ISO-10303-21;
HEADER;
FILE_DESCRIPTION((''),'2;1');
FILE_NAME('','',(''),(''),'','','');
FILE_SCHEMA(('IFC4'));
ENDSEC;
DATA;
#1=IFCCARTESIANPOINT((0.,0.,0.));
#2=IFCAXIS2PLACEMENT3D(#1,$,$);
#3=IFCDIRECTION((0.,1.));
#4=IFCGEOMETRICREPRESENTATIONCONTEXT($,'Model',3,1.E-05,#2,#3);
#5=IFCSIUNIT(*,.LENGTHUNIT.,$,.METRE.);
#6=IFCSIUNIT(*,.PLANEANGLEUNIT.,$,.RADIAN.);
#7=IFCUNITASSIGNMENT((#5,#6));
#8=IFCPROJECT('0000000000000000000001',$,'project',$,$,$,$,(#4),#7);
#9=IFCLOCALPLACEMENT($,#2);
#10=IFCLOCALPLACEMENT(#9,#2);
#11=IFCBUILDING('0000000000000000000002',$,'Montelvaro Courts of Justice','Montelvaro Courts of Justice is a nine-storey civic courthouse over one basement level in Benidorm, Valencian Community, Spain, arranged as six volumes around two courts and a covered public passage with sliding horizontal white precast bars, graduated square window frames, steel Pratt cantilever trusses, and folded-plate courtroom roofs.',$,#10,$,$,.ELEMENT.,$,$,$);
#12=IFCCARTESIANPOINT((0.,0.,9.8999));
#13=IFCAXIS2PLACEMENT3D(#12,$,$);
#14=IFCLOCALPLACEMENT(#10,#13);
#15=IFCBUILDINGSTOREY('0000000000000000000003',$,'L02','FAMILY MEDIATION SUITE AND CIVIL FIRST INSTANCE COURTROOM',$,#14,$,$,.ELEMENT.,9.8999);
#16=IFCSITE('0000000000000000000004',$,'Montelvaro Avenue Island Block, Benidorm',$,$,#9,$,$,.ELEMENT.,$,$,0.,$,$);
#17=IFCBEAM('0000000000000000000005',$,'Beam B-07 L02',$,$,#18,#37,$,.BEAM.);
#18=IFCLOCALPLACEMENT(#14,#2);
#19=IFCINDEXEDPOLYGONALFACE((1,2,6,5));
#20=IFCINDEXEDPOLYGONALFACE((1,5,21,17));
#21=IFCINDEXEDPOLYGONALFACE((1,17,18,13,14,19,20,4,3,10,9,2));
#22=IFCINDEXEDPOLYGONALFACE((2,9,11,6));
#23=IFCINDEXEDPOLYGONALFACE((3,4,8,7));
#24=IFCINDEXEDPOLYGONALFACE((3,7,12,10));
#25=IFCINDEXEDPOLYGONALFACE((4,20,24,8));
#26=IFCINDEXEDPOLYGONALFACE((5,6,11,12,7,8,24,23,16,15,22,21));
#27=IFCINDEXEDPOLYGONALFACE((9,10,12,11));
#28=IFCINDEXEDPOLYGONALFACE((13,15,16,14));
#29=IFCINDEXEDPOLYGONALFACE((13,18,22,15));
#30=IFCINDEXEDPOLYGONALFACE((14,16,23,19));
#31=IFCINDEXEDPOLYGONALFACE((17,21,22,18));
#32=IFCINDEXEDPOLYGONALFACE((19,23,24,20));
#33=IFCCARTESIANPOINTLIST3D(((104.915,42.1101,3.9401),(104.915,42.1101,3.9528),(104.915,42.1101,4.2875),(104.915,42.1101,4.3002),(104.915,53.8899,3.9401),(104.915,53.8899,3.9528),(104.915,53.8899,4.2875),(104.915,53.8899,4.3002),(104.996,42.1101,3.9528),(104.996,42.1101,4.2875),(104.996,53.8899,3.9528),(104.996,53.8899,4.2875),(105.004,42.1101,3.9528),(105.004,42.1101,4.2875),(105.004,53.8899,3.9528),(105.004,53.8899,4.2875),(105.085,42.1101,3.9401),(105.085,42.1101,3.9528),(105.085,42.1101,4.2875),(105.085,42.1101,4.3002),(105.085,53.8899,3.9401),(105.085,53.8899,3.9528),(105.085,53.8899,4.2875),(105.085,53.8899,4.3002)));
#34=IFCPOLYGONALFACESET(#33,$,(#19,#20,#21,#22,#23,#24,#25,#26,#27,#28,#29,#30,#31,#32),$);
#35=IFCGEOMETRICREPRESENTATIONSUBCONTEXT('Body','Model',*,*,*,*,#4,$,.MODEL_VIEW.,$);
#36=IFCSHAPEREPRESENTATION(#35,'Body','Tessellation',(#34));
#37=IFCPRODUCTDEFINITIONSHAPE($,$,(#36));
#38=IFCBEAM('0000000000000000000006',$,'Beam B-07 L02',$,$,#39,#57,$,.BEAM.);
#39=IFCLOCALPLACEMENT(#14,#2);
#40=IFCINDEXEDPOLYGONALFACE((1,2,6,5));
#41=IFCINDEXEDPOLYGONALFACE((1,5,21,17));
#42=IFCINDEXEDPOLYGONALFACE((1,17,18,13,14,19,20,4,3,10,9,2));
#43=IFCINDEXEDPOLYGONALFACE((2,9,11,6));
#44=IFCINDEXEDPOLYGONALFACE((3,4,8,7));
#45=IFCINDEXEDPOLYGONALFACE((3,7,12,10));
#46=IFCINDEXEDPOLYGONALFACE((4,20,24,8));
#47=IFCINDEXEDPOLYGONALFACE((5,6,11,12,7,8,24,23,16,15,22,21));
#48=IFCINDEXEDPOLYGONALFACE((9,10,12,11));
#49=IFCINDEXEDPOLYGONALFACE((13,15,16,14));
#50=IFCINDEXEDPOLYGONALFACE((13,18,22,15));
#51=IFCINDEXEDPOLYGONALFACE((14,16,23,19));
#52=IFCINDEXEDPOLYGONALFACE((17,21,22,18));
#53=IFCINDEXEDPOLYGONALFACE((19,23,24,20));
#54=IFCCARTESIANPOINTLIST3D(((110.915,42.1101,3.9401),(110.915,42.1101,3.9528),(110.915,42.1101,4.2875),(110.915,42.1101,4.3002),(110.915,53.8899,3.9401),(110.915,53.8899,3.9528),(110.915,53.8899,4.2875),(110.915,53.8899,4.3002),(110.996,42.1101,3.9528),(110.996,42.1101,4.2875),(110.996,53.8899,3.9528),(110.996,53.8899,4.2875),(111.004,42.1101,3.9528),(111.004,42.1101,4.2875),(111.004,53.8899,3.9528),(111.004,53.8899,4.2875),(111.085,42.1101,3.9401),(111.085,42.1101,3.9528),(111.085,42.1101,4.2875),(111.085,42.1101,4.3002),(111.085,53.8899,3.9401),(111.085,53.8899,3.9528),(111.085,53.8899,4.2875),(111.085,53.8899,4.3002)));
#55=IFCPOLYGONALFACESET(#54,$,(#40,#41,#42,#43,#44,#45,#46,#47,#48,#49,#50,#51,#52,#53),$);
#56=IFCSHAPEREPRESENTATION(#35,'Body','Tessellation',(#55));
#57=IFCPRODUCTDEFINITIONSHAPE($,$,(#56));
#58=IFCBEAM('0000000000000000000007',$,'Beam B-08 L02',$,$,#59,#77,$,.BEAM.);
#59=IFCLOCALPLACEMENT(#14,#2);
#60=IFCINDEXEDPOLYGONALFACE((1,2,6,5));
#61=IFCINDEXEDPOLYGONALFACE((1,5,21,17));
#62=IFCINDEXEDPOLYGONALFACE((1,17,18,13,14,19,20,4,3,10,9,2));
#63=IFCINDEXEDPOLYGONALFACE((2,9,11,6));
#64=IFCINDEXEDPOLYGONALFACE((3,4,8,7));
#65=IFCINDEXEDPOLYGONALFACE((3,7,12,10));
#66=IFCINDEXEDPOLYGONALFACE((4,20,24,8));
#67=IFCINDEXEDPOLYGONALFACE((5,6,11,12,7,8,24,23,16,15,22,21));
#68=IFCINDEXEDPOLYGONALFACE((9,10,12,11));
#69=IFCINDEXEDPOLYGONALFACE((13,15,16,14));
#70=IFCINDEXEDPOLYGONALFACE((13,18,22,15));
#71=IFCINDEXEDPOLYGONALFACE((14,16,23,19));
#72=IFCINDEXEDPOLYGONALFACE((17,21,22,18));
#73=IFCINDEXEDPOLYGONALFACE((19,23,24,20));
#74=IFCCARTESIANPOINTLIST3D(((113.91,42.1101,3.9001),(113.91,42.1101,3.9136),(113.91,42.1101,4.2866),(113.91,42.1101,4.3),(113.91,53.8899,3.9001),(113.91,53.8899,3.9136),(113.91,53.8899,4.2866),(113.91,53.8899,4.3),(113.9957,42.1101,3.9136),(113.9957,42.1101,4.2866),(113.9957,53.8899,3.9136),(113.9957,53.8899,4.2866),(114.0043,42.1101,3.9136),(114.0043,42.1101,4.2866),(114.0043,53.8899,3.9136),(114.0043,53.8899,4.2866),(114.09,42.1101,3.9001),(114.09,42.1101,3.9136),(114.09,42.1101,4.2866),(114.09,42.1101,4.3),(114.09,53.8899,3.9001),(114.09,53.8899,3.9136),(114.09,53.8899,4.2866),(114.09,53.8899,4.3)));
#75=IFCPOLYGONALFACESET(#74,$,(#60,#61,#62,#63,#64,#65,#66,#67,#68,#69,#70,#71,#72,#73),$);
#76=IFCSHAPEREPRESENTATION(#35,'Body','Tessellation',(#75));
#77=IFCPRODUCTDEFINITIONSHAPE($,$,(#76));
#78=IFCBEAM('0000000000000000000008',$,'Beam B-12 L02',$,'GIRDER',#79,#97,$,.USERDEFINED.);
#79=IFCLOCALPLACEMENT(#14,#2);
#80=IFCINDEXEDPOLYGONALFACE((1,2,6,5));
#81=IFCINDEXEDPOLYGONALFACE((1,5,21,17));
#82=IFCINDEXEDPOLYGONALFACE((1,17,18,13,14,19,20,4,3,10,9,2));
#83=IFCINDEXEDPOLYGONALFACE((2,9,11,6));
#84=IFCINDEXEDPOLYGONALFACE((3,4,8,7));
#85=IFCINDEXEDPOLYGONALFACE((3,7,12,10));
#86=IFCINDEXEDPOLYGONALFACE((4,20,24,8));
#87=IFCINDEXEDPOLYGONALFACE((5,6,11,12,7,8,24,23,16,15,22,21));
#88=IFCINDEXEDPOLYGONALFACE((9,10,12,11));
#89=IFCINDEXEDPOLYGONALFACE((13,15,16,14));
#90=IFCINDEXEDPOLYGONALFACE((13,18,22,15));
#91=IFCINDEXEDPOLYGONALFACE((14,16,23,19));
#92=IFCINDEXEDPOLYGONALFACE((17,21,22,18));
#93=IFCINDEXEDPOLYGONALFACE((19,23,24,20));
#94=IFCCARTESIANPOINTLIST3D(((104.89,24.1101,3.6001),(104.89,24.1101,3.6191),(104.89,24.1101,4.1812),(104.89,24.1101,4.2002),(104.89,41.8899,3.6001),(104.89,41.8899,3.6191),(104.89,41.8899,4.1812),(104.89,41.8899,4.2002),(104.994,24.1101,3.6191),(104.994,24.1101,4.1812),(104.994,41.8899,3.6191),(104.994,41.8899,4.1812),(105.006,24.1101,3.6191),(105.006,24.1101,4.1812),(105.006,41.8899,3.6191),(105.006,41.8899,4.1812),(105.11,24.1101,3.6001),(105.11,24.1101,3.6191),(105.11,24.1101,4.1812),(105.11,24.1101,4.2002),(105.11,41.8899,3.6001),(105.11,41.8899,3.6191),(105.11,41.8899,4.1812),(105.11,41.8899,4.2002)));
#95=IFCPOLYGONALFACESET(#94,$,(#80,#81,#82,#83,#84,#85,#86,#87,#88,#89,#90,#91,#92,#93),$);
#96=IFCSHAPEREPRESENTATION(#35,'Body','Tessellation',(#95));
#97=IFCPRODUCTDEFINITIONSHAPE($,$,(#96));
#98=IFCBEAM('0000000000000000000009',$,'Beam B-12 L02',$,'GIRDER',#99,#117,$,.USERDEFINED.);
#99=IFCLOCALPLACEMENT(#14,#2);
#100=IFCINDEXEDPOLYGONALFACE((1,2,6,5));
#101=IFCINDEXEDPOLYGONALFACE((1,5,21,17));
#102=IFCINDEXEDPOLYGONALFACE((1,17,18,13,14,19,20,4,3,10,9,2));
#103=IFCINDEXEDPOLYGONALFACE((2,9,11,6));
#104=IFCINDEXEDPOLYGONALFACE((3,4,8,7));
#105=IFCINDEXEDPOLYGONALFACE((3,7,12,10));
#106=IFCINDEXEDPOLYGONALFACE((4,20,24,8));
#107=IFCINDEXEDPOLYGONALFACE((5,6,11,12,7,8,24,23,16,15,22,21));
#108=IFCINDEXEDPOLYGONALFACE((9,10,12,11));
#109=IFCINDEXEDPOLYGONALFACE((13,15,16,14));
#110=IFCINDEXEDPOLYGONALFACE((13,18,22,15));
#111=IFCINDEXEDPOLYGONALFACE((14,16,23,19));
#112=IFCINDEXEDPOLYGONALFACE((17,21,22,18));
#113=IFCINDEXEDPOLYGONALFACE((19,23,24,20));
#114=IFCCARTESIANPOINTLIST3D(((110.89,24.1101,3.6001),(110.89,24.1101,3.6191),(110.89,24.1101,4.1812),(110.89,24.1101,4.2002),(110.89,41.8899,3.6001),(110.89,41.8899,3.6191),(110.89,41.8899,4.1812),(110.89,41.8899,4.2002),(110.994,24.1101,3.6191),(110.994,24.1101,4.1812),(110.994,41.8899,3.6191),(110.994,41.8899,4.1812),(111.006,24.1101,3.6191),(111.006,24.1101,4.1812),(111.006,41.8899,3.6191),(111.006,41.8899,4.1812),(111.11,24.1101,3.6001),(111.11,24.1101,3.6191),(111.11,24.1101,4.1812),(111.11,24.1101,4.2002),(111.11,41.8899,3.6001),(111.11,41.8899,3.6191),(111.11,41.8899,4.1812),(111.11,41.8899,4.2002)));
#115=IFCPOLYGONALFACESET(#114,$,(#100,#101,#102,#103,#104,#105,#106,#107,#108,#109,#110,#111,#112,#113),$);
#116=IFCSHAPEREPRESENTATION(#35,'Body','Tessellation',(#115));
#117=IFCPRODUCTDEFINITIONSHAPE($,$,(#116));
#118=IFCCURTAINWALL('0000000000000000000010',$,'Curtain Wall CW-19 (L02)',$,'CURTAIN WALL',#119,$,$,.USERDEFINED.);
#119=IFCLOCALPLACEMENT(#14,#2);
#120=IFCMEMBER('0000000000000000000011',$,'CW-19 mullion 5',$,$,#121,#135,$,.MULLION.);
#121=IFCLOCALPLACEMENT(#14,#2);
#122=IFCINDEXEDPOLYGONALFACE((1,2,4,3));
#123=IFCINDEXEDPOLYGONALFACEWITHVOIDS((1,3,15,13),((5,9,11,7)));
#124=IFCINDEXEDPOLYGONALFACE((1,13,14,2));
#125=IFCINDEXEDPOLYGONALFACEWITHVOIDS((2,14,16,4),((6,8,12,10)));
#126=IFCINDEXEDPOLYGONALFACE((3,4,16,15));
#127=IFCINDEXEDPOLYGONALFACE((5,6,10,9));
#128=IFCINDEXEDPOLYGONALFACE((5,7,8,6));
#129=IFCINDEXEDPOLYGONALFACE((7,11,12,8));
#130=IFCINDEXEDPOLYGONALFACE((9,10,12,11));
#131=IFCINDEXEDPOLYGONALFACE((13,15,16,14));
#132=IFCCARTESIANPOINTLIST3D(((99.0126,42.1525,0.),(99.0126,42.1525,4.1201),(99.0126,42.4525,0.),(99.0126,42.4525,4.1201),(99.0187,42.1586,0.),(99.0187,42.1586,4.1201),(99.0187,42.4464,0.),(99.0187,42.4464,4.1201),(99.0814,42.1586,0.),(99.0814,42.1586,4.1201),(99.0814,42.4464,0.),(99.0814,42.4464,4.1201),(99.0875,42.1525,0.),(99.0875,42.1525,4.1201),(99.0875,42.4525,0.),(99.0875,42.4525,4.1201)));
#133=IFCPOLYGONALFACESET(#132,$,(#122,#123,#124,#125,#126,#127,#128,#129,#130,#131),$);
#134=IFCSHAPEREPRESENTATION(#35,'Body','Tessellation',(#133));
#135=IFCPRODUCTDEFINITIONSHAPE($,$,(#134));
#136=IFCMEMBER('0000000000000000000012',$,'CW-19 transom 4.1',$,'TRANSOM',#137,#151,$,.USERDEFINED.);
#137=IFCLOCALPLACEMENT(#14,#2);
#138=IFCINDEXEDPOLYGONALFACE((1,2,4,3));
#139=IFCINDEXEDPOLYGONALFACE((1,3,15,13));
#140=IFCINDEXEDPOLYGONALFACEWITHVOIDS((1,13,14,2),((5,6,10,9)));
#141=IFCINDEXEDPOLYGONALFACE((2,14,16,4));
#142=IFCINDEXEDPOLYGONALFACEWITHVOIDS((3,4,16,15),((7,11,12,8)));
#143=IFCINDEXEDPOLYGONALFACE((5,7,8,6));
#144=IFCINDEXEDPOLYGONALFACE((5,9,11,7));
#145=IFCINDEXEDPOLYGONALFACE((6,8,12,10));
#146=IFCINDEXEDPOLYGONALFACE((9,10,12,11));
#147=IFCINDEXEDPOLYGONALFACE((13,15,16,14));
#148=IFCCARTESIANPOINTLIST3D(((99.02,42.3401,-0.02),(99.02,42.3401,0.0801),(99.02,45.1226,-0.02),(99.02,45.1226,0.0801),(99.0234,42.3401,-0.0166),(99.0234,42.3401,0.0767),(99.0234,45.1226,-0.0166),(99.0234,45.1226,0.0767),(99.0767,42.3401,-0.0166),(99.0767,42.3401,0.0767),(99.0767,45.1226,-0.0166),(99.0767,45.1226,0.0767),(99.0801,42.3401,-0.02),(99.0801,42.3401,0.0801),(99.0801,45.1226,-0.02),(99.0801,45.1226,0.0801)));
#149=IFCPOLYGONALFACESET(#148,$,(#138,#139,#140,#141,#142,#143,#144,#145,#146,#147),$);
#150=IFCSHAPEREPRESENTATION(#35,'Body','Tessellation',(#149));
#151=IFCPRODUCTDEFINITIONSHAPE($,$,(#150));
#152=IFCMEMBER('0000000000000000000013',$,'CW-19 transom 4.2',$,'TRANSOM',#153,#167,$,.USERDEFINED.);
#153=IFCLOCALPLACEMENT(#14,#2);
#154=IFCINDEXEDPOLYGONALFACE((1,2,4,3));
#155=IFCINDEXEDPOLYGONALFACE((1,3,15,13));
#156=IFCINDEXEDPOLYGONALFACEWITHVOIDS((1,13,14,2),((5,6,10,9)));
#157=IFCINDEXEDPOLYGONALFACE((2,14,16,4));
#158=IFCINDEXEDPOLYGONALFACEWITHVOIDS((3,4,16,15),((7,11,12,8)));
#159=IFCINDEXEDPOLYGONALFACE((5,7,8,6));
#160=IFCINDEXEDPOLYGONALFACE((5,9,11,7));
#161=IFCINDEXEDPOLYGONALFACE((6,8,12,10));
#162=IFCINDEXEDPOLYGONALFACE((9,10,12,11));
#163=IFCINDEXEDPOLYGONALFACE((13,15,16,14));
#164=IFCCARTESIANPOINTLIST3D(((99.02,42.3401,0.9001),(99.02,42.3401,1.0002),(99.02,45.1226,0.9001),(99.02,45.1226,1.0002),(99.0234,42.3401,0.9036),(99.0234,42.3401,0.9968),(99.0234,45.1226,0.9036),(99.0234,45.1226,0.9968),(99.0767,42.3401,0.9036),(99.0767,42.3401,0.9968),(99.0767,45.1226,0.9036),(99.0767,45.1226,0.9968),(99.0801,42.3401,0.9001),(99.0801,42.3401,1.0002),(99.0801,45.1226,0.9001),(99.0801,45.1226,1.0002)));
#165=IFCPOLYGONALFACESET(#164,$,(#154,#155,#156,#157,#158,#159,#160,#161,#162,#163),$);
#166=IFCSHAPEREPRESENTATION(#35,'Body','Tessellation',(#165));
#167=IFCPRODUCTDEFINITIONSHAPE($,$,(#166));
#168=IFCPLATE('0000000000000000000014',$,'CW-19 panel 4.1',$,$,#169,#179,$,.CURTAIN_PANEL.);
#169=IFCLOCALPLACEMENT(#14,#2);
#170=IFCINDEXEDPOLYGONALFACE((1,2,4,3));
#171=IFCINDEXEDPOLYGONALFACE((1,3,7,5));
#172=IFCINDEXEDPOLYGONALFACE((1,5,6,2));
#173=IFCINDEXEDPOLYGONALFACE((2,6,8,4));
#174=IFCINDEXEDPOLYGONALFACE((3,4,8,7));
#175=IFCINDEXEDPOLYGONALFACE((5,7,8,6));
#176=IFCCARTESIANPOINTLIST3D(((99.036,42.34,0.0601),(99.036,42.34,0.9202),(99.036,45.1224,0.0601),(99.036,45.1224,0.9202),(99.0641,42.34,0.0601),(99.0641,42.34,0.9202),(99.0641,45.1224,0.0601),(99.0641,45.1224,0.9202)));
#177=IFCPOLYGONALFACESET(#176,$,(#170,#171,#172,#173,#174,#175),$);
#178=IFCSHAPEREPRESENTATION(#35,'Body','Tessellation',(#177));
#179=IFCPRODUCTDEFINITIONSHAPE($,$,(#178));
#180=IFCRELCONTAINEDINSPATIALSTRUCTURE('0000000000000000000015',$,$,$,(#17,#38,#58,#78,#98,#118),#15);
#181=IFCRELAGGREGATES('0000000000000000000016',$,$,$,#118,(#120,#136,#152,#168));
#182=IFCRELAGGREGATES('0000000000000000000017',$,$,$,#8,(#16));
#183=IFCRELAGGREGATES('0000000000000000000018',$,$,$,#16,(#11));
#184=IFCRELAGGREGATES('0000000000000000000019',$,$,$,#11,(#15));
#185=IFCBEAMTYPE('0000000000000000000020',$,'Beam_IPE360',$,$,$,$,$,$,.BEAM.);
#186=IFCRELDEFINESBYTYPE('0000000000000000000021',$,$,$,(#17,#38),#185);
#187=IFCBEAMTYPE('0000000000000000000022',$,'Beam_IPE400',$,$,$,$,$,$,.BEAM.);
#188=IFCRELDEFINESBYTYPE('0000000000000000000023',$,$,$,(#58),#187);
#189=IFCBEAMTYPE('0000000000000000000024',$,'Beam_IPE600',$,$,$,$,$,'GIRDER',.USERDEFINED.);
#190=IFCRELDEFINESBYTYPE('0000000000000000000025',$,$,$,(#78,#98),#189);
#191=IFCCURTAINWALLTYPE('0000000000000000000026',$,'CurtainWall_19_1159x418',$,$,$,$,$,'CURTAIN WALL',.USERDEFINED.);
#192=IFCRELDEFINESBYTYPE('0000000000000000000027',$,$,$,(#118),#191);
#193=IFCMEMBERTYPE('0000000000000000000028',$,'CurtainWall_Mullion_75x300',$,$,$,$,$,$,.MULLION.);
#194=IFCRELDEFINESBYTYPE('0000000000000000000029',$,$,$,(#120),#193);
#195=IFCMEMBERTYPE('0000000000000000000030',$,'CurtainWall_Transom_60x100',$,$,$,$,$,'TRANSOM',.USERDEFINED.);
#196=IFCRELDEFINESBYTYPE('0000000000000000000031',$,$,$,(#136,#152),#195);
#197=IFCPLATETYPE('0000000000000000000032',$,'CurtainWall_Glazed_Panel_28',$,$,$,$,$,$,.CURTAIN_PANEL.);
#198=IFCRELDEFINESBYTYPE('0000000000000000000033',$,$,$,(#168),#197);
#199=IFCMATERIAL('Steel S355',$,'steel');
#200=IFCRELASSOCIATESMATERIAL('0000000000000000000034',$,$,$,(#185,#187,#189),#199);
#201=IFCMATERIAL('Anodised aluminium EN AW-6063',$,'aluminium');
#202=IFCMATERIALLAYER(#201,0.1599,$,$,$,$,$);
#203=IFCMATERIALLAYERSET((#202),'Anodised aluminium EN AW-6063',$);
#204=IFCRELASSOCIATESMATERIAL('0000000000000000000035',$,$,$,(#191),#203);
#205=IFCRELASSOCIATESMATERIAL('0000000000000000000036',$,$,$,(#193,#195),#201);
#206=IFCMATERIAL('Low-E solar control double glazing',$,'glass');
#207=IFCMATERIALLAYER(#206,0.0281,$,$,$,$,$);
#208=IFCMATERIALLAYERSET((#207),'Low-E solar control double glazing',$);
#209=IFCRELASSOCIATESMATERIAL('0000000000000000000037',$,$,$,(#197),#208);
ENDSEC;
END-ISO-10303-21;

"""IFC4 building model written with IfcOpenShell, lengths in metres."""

from ifc_helpers import new_model, si_unit, direction, frame, origin, origin_2d, place, context, subcontext, project, spatial, rectangle, hollow_rectangle, i_section, extrude, material, layer, layer_set, material_profile, profile_set, type_object, element, aggregate, save


model = new_model("IFC4")

# Units and contexts
model_context = context("Model", 3, precision=1e-05, world=origin(), true_north=direction((0.0, 1.0)))
body_context = subcontext(model_context, "Body", "Model", "MODEL_VIEW")
ifc_project = project(units=[si_unit("LENGTHUNIT", "METRE"), si_unit("PLANEANGLEUNIT", "RADIAN")], contexts=[model_context])

# Site, building, storey
site_placement = place(None, origin())
site = spatial("IfcSite", under=ifc_project, at=site_placement, Name="Montelvaro Avenue Island Block, Benidorm", CompositionType="ELEMENT", RefElevation=0.0)
building_placement = place(site_placement, origin())
building = spatial("IfcBuilding", under=site, at=building_placement, Name="Montelvaro Courts of Justice", Description="Montelvaro Courts of Justice is a nine-storey civic courthouse over one basement level in Benidorm, Valencian Community, Spain, arranged as six volumes around two courts and a covered public passage with sliding horizontal white precast bars, graduated square window frames, steel Pratt cantilever trusses, and folded-plate courtroom roofs.", CompositionType="ELEMENT")
storey_placement = place(building_placement, frame((0.0, 0.0, 9.8999)))
storey = spatial("IfcBuildingStorey", under=building, at=storey_placement, Name="L02", Description="FAMILY MEDIATION SUITE AND CIVIL FIRST INSTANCE COURTROOM", CompositionType="ELEMENT", Elevation=9.8999)

# Shared definitions
ifc_material_1 = material(Name="Steel S355", Category="steel")

# Beams
ifc_material_profile_1 = material_profile(ifc_material_1, i_section(OverallWidth=0.1699, OverallDepth=0.3601, WebThickness=0.0081, FlangeThickness=0.0127, at=origin_2d()), Name="IPE 360")
ifc_profile_set_1 = profile_set([ifc_material_profile_1], Name="Steel S355")
beam_type_1 = type_object("IfcBeamType", Name="Beam_IPE360", PredefinedType="BEAM", material=ifc_profile_set_1)
for number, where, z_axis, x_axis, name in (
    (1, (105.0, 42.1101, 4.1201), (0.0, 1.0, 0.0), (-1.0, 0.0, 0.0), "Beam B-07 L02"),
    (2, (111.0, 42.1101, 4.1201), (0.0, 1.0, 0.0), (-1.0, 0.0, 0.0), "Beam B-07 L02"),
):
    element("IfcBeam", number, at=place(storey_placement, frame(where, z_axis=z_axis, x_axis=x_axis)), inside=storey, type_object=beam_type_1, Name=name, PredefinedType="BEAM", context=body_context, shape_type="SweptSolid", body=[
        extrude(i_section(OverallWidth=0.1699, OverallDepth=0.3601, WebThickness=0.0081, FlangeThickness=0.0127, at=origin_2d()), origin(), (0.0, 0.0, 1.0), 11.7798),
    ])
ifc_material_profile_2 = material_profile(ifc_material_1, i_section(OverallWidth=0.1799, OverallDepth=0.3999, WebThickness=0.0085, FlangeThickness=0.0134, at=origin_2d()), Name="IPE 400")
ifc_profile_set_2 = profile_set([ifc_material_profile_2], Name="Steel S355")
beam_type_2 = type_object("IfcBeamType", Name="Beam_IPE400", PredefinedType="BEAM", material=ifc_profile_set_2)
beam_1_placement = place(storey_placement, frame((114.0, 42.1101, 4.1001), z_axis=(0.0, 1.0, 0.0), x_axis=(-1.0, 0.0, 0.0)))
element("IfcBeam", 3, at=beam_1_placement, inside=storey, type_object=beam_type_2, Name="Beam B-08 L02", PredefinedType="BEAM", context=body_context, shape_type="SweptSolid", body=[
    extrude(i_section(OverallWidth=0.1799, OverallDepth=0.3999, WebThickness=0.0085, FlangeThickness=0.0134, at=origin_2d()), origin(), (0.0, 0.0, 1.0), 11.7798),
])
ifc_material_profile_3 = material_profile(ifc_material_1, i_section(OverallWidth=0.22, OverallDepth=0.6001, WebThickness=0.012, FlangeThickness=0.019, at=origin_2d()), Name="IPE 600")
ifc_profile_set_3 = profile_set([ifc_material_profile_3], Name="Steel S355")
beam_type_3 = type_object("IfcBeamType", Name="Beam_IPE600", ElementType="GIRDER", PredefinedType="USERDEFINED", material=ifc_profile_set_3)
for number, where, z_axis, x_axis, name in (
    (4, (105.0, 24.1101, 3.9001), (0.0, 1.0, 0.0), (-1.0, 0.0, 0.0), "Beam B-12 L02"),
    (5, (111.0, 24.1101, 3.9001), (0.0, 1.0, 0.0), (-1.0, 0.0, 0.0), "Beam B-12 L02"),
):
    element("IfcBeam", number, at=place(storey_placement, frame(where, z_axis=z_axis, x_axis=x_axis)), inside=storey, type_object=beam_type_3, Name=name, ObjectType="GIRDER", PredefinedType="USERDEFINED", context=body_context, shape_type="SweptSolid", body=[
        extrude(i_section(OverallWidth=0.22, OverallDepth=0.6001, WebThickness=0.012, FlangeThickness=0.019, at=origin_2d()), origin(), (0.0, 0.0, 1.0), 17.7798),
    ])

# Curtain wall, members, plate
ifc_material_2 = material(Name="Anodised aluminium EN AW-6063", Category="aluminium")
ifc_layer_1 = layer(ifc_material_2, 0.1599)
ifc_layer_set_1 = layer_set([ifc_layer_1], Name="Anodised aluminium EN AW-6063")
curtain_wall_type = type_object("IfcCurtainWallType", Name="CurtainWall_19_1159x418", ElementType="CURTAIN WALL", PredefinedType="USERDEFINED", material=ifc_layer_set_1)
curtain_wall_placement = place(storey_placement, origin())
curtain_wall = element("IfcCurtainWall", 6, at=curtain_wall_placement, inside=storey, type_object=curtain_wall_type, Name="Curtain Wall CW-19 (L02)", ObjectType="CURTAIN WALL", PredefinedType="USERDEFINED")
ifc_material_profile_4 = material_profile(ifc_material_2, hollow_rectangle(XDim=0.075, YDim=0.3, WallThickness=0.0061, at=origin_2d()), Name="ALU-M 75x300")
ifc_profile_set_4 = profile_set([ifc_material_profile_4], Name="Anodised aluminium EN AW-6063")
member_type_1 = type_object("IfcMemberType", Name="CurtainWall_Mullion_75x300", PredefinedType="MULLION", material=ifc_profile_set_4)
member_1_placement = place(storey_placement, frame((99.05, 42.3025, 0.0), z_axis=(0.0, 0.0, 1.0), x_axis=(1.0, 0.0, 0.0)))
member_1 = element("IfcMember", 7, at=member_1_placement, type_object=member_type_1, Name="CW-19 mullion 5", PredefinedType="MULLION", context=body_context, shape_type="SweptSolid", body=[
    extrude(hollow_rectangle(XDim=0.075, YDim=0.3, WallThickness=0.0061, at=origin_2d()), origin(), (0.0, 0.0, 1.0), 4.1201),
])
ifc_material_profile_5 = material_profile(ifc_material_2, hollow_rectangle(XDim=0.0601, YDim=0.1001, WallThickness=0.0034, at=origin_2d()), Name="ALU-T 60x100")
ifc_profile_set_5 = profile_set([ifc_material_profile_5], Name="Anodised aluminium EN AW-6063")
member_type_2 = type_object("IfcMemberType", Name="CurtainWall_Transom_60x100", ElementType="TRANSOM", PredefinedType="USERDEFINED", material=ifc_profile_set_5)
member_2_placement = place(storey_placement, frame((99.05, 45.1226, 0.03), z_axis=(0.0, -1.0, 0.0), x_axis=(1.0, 0.0, 0.0)))
member_2 = element("IfcMember", 8, at=member_2_placement, type_object=member_type_2, Name="CW-19 transom 4.1", ObjectType="TRANSOM", PredefinedType="USERDEFINED", context=body_context, shape_type="SweptSolid", body=[
    extrude(hollow_rectangle(XDim=0.0601, YDim=0.1001, WallThickness=0.0034, at=origin_2d()), origin(), (0.0, 0.0, 1.0), 2.7825),
])
member_3_placement = place(storey_placement, frame((99.05, 45.1226, 0.9502), z_axis=(0.0, -1.0, 0.0), x_axis=(1.0, 0.0, 0.0)))
member_3 = element("IfcMember", 9, at=member_3_placement, type_object=member_type_2, Name="CW-19 transom 4.2", ObjectType="TRANSOM", PredefinedType="USERDEFINED", context=body_context, shape_type="SweptSolid", body=[
    extrude(hollow_rectangle(XDim=0.0601, YDim=0.1001, WallThickness=0.0034, at=origin_2d()), origin(), (0.0, 0.0, 1.0), 2.7825),
])
ifc_material_3 = material(Name="Low-E solar control double glazing", Category="glass")
ifc_layer_2 = layer(ifc_material_3, 0.0281)
ifc_layer_set_2 = layer_set([ifc_layer_2], Name="Low-E solar control double glazing")
plate_type = type_object("IfcPlateType", Name="CurtainWall_Glazed_Panel_28", PredefinedType="CURTAIN_PANEL", material=ifc_layer_set_2)
plate_1_placement = place(storey_placement, frame((99.05, 43.7312, 0.0601), z_axis=(0.0, 0.0, 1.0), x_axis=(0.0, -1.0, 0.0)))
plate_1 = element("IfcPlate", 10, at=plate_1_placement, type_object=plate_type, Name="CW-19 panel 4.1", PredefinedType="CURTAIN_PANEL", context=body_context, shape_type="SweptSolid", body=[
    extrude(rectangle(XDim=2.7825, YDim=0.0281, at=origin_2d()), origin(), (0.0, 0.0, 1.0), 0.8601),
])
aggregate(curtain_wall, [member_1, member_2, member_3, plate_1])

save(model, "model.ifc")
